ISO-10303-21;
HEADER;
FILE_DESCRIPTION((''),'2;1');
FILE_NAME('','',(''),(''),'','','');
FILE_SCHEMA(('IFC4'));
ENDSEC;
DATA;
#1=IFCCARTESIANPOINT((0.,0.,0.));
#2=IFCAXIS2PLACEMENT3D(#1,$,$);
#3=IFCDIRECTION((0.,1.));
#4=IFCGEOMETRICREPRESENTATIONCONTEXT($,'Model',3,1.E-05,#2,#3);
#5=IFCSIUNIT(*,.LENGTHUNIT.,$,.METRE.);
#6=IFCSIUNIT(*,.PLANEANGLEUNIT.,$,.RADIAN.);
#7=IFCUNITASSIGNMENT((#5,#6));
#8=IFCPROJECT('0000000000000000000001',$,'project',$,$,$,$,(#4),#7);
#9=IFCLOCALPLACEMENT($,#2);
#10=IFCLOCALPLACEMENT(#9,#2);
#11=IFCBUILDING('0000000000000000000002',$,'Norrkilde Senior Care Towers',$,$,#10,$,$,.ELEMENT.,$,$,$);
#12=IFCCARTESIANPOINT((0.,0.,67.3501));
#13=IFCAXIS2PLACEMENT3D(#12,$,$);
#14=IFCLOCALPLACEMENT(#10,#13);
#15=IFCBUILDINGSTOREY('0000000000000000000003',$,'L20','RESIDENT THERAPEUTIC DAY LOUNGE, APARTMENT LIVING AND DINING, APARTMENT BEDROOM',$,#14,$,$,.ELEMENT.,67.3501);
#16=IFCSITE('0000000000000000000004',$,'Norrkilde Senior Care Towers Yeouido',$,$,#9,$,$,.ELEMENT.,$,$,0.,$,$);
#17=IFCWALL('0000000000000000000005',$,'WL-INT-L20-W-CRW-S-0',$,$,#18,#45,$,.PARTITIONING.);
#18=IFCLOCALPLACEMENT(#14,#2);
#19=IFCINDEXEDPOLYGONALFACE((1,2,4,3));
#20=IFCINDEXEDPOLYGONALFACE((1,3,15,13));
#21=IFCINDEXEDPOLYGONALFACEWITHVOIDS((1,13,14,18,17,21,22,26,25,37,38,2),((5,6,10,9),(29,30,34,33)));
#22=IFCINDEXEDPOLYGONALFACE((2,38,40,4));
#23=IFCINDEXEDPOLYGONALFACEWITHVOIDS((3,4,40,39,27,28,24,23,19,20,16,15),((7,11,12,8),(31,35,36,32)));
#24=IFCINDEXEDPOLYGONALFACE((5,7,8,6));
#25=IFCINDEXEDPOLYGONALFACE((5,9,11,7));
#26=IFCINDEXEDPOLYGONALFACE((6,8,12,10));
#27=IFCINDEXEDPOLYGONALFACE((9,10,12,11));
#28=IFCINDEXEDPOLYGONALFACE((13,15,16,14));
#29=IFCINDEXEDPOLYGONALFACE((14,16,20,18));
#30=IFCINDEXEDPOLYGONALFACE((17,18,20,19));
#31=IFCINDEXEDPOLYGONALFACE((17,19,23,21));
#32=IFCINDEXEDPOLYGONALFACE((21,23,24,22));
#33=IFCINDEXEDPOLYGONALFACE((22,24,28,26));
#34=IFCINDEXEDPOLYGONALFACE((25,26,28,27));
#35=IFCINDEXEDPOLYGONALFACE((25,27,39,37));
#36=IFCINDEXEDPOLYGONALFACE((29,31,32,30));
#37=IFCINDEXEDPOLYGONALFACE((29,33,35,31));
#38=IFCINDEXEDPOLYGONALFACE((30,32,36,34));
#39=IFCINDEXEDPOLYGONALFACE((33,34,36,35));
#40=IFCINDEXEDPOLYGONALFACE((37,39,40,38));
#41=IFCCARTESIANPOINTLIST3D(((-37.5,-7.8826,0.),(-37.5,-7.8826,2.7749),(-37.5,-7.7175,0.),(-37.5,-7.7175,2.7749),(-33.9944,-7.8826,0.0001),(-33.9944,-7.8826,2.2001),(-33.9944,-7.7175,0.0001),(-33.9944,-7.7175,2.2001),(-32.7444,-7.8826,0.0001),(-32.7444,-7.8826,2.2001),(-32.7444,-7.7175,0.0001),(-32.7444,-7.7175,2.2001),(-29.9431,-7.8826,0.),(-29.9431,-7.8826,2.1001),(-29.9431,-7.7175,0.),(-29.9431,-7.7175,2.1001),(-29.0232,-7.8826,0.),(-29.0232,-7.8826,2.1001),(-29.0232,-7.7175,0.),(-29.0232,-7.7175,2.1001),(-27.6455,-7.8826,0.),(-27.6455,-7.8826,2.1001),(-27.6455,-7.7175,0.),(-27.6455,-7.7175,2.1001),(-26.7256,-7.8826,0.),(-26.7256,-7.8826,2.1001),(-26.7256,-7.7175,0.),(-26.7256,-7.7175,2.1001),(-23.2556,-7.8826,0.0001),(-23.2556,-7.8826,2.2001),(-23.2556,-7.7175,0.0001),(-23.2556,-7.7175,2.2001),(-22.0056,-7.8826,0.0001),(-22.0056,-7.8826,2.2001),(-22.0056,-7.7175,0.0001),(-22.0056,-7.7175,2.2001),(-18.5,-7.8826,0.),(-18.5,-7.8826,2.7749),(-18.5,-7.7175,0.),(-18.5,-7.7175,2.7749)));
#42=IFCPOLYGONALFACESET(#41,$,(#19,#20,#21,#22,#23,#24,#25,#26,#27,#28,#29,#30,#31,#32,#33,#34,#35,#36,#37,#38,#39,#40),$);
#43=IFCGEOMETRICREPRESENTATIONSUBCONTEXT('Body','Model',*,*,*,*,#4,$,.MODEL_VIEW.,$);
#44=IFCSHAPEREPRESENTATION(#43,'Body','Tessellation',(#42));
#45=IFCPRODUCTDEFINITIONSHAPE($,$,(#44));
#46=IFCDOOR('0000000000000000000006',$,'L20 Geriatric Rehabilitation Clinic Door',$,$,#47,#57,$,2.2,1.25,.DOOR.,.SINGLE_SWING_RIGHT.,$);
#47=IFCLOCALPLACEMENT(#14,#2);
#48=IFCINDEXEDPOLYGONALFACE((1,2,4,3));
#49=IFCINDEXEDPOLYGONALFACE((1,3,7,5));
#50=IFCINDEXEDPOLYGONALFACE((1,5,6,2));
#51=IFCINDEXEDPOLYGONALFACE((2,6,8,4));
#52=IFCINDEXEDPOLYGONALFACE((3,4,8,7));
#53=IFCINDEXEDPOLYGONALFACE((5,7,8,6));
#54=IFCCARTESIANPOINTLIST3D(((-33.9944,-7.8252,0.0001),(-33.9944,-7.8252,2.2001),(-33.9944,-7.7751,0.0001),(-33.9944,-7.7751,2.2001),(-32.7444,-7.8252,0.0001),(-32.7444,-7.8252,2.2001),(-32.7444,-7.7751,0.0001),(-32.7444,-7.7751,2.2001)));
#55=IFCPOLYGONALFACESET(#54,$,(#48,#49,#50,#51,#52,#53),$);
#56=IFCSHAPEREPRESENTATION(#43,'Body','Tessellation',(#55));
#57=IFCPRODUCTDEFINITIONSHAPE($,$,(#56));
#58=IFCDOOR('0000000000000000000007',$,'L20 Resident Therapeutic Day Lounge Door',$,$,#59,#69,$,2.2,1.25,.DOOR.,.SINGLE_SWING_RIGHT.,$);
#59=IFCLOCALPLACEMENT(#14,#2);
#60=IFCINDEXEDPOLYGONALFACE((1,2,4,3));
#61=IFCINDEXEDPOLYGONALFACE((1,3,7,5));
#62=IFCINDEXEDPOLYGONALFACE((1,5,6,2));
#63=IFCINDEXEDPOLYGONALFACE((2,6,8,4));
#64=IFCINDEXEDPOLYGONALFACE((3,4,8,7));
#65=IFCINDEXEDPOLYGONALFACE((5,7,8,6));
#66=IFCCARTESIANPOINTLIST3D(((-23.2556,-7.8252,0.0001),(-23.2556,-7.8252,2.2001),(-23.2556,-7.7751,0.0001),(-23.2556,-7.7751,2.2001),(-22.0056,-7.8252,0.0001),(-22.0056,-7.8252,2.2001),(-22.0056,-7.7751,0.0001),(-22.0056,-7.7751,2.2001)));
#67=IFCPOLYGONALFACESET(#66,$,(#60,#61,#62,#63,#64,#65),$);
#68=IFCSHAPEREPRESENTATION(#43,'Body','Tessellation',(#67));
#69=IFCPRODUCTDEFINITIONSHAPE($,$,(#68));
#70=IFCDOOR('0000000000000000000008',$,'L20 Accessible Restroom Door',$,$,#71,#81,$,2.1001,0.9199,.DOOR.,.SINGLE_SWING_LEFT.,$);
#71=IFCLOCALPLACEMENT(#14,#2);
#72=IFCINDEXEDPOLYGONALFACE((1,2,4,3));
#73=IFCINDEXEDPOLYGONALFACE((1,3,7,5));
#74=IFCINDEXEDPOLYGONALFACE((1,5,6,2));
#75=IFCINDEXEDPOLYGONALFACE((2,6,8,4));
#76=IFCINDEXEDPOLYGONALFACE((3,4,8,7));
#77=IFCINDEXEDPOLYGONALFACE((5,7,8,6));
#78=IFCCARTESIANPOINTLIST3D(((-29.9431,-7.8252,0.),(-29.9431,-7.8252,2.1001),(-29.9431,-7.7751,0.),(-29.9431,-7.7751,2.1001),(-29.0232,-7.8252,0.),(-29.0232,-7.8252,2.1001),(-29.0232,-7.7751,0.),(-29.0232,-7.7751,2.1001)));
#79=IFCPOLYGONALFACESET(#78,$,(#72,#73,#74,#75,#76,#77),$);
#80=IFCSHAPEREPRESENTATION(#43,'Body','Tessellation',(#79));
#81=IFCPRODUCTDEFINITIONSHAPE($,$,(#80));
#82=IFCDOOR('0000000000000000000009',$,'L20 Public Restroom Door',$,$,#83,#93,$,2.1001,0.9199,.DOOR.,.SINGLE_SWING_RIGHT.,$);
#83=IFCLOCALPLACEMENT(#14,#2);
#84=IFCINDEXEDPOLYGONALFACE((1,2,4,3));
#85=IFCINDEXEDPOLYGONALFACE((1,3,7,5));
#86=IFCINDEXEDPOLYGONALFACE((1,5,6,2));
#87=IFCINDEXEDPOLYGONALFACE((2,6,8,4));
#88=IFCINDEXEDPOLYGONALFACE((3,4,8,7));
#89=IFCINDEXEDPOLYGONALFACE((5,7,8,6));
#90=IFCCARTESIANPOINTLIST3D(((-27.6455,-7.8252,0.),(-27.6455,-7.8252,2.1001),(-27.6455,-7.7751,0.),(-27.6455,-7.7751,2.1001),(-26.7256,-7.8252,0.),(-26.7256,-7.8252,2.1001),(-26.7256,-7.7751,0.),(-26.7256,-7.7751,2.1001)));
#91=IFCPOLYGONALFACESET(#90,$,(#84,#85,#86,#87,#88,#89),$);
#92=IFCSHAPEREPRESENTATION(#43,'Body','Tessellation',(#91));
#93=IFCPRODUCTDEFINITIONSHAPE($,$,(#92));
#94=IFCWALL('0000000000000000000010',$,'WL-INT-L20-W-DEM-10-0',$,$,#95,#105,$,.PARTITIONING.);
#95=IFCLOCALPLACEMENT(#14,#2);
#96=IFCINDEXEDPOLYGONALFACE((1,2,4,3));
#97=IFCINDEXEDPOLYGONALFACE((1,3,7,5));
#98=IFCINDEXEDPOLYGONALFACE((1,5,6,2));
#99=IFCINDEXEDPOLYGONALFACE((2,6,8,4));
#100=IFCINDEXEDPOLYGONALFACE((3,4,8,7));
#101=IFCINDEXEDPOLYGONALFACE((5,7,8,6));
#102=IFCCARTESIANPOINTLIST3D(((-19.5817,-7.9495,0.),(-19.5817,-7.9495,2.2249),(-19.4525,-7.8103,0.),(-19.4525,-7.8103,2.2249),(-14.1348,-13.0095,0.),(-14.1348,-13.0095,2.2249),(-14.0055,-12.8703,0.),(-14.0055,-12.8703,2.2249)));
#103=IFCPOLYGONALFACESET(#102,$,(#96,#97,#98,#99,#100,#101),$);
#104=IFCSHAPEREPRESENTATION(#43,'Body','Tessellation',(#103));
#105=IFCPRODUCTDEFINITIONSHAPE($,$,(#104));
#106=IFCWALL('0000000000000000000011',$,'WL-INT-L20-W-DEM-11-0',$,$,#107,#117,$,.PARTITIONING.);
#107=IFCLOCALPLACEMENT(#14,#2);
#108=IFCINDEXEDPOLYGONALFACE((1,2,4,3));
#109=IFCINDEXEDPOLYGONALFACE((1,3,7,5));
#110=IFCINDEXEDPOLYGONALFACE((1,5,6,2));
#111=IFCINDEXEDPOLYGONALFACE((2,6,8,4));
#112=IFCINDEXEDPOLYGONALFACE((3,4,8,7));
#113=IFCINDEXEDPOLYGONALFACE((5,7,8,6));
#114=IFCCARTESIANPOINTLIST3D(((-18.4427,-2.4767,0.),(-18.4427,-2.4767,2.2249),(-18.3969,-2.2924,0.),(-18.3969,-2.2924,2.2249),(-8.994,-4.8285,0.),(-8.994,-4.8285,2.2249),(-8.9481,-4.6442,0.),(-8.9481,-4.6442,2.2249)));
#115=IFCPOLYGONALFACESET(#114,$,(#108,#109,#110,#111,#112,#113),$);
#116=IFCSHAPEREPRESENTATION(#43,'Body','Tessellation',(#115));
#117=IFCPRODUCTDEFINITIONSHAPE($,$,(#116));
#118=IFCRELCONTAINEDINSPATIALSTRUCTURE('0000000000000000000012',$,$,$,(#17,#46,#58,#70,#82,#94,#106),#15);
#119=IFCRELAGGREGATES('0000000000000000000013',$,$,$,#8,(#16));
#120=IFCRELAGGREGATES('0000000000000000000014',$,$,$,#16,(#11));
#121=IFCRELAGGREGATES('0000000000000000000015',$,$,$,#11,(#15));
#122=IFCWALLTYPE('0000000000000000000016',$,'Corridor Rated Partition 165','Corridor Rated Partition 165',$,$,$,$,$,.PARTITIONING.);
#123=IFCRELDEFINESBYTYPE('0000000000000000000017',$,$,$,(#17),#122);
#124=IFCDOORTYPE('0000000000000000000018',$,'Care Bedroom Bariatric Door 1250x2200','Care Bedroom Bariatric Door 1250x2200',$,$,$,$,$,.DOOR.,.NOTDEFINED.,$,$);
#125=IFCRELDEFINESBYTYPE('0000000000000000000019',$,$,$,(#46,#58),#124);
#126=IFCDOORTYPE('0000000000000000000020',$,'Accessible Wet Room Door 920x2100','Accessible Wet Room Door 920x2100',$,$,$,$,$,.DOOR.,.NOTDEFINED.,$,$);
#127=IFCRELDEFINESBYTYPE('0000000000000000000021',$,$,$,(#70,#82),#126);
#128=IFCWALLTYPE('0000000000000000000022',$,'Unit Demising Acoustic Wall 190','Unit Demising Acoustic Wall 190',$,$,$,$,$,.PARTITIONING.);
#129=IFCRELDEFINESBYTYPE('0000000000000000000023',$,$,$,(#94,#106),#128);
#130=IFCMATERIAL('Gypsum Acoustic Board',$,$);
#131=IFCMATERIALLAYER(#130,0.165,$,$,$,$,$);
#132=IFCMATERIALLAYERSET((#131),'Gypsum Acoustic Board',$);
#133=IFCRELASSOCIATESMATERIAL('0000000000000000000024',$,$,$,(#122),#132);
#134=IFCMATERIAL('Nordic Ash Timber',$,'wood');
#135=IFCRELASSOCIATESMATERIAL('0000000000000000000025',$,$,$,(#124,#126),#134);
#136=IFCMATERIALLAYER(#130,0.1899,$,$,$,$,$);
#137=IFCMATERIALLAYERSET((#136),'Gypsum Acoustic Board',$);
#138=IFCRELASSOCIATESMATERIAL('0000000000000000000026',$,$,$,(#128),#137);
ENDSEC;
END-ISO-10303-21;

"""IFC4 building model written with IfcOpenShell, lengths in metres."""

from ifc_helpers import new_model, si_unit, direction, frame, frame_2d, origin, place, context, subcontext, project, spatial, rectangle, extrude, source, transform, mapped, material, layer, layer_set, type_object, type_shapes, element, fill, save


model = new_model("IFC4")

# Units and contexts
model_context = context("Model", 3, precision=1e-05, world=origin(), true_north=direction((0.0, 1.0)))
body_context = subcontext(model_context, "Body", "Model", "MODEL_VIEW")
ifc_project = project(units=[si_unit("LENGTHUNIT", "METRE"), si_unit("PLANEANGLEUNIT", "RADIAN")], contexts=[model_context])

# Site, building, storey
site_placement = place(None, origin())
site = spatial("IfcSite", under=ifc_project, at=site_placement, Name="Norrkilde Senior Care Towers Yeouido", CompositionType="ELEMENT", RefElevation=0.0)
building_placement = place(site_placement, origin())
building = spatial("IfcBuilding", under=site, at=building_placement, Name="Norrkilde Senior Care Towers", CompositionType="ELEMENT")
storey_placement = place(building_placement, frame((0.0, 0.0, 67.3501)))
storey = spatial("IfcBuildingStorey", under=building, at=storey_placement, Name="L20", Description="RESIDENT THERAPEUTIC DAY LOUNGE, APARTMENT LIVING AND DINING, APARTMENT BEDROOM", CompositionType="ELEMENT", Elevation=67.3501)

# Wall, openings, doors
ifc_material_1 = material(Name="Gypsum Acoustic Board")
ifc_layer_1 = layer(ifc_material_1, 0.165)
ifc_layer_set_1 = layer_set([ifc_layer_1], Name="Gypsum Acoustic Board")
wall_type_1 = type_object("IfcWallType", Name="Corridor Rated Partition 165", Description="Corridor Rated Partition 165", PredefinedType="PARTITIONING", material=ifc_layer_set_1)
shared_shape_1 = source(origin(), body_context, "Body", "SweptSolid", [
    extrude(rectangle(XDim=19.0, YDim=0.165, at=frame_2d((9.5, 0.0))), origin(), (0.0, 0.0, 1.0), 2.7749),
])
type_shapes(wall_type_1, [shared_shape_1])
wall_1_placement = place(storey_placement, frame((-18.5, -7.8, 0.0), z_axis=(0.0, 0.0, 1.0), x_axis=(-1.0, 0.0, 0.0)))
wall_1 = element("IfcWall", 1, at=wall_1_placement, inside=storey, type_object=wall_type_1, Name="WL-INT-L20-W-CRW-S-0", PredefinedType="PARTITIONING", context=body_context, shape_type="MappedRepresentation", body=[
    mapped(shared_shape_1, transform((0.0, 0.0, 0.0), x_axis=(1.0, 0.0, 0.0), y_axis=(0.0, 1.0, 0.0), z_axis=(0.0, 0.0, 1.0), scale=1.0)),
])
opening_1_placement = place(wall_1_placement, frame((14.2444, 0.0, 0.0)))
opening_1 = element("IfcOpeningElement", 2, at=opening_1_placement, cuts=wall_1, PredefinedType="OPENING", context=body_context, shape_type="SweptSolid", body=[
    extrude(rectangle(XDim=1.25, YDim=2.2, at=frame_2d((0.625, 1.1001))), frame((0.0, 0.0925, 0.0), z_axis=(0.0, -1.0, 0.0), x_axis=(1.0, 0.0, 0.0)), (0.0, 0.0, 1.0), 0.1851),
])
opening_2_placement = place(wall_1_placement, frame((10.5232, 0.0, 0.0)))
opening_2 = element("IfcOpeningElement", 3, at=opening_2_placement, cuts=wall_1, PredefinedType="OPENING", context=body_context, shape_type="SweptSolid", body=[
    extrude(rectangle(XDim=0.9199, YDim=2.1001, at=frame_2d((0.46, 1.05))), frame((0.0, 0.0925, 0.0), z_axis=(0.0, -1.0, 0.0), x_axis=(1.0, 0.0, 0.0)), (0.0, 0.0, 1.0), 0.1851),
])
opening_3_placement = place(wall_1_placement, frame((8.2256, 0.0, 0.0)))
opening_3 = element("IfcOpeningElement", 4, at=opening_3_placement, cuts=wall_1, PredefinedType="OPENING", context=body_context, shape_type="SweptSolid", body=[
    extrude(rectangle(XDim=0.9199, YDim=2.1001, at=frame_2d((0.46, 1.05))), frame((0.0, 0.0925, 0.0), z_axis=(0.0, -1.0, 0.0), x_axis=(1.0, 0.0, 0.0)), (0.0, 0.0, 1.0), 0.1851),
])
opening_4_placement = place(wall_1_placement, frame((3.5056, 0.0, 0.0)))
opening_4 = element("IfcOpeningElement", 5, at=opening_4_placement, cuts=wall_1, PredefinedType="OPENING", context=body_context, shape_type="SweptSolid", body=[
    extrude(rectangle(XDim=1.25, YDim=2.2, at=frame_2d((0.625, 1.1001))), frame((0.0, 0.0925, 0.0), z_axis=(0.0, -1.0, 0.0), x_axis=(1.0, 0.0, 0.0)), (0.0, 0.0, 1.0), 0.1851),
])
ifc_material_2 = material(Name="Nordic Ash Timber", Category="wood")
door_type_1 = type_object("IfcDoorType", Name="Care Bedroom Bariatric Door 1250x2200", Description="Care Bedroom Bariatric Door 1250x2200", OperationType="NOTDEFINED", PredefinedType="DOOR", material=ifc_material_2)
shared_shape_2 = source(origin(), body_context, "Body", "SweptSolid", [
    extrude(rectangle(XDim=1.25, YDim=2.2, at=frame_2d((0.625, 1.1001))), frame((0.0, 0.0249, 0.0), z_axis=(0.0, -1.0, 0.0), x_axis=(1.0, 0.0, 0.0)), (0.0, 0.0, 1.0), 0.05),
])
type_shapes(door_type_1, [shared_shape_2])
door_1_placement = place(opening_1_placement, frame((1.25, 0.0, 0.0), z_axis=(0.0, 0.0, 1.0), x_axis=(-1.0, 0.0, 0.0)))
door_1 = element("IfcDoor", 6, at=door_1_placement, inside=storey, type_object=door_type_1, Name="L20 Geriatric Rehabilitation Clinic Door", OperationType="SINGLE_SWING_RIGHT", OverallHeight=2.2, OverallWidth=1.25, PredefinedType="DOOR", context=body_context, shape_type="MappedRepresentation", body=[
    mapped(shared_shape_2, transform((0.0, 0.0, 0.0), x_axis=(1.0, 0.0, 0.0), y_axis=(0.0, 1.0, 0.0), z_axis=(0.0, 0.0, 1.0), scale=1.0)),
])
fill(opening_1, door_1)
door_2_placement = place(opening_4_placement, frame((1.25, 0.0, 0.0), z_axis=(0.0, 0.0, 1.0), x_axis=(-1.0, 0.0, 0.0)))
door_2 = element("IfcDoor", 7, at=door_2_placement, inside=storey, type_object=door_type_1, Name="L20 Resident Therapeutic Day Lounge Door", OperationType="SINGLE_SWING_RIGHT", OverallHeight=2.2, OverallWidth=1.25, PredefinedType="DOOR", context=body_context, shape_type="MappedRepresentation", body=[
    mapped(shared_shape_2, transform((0.0, 0.0, 0.0), x_axis=(1.0, 0.0, 0.0), y_axis=(0.0, 1.0, 0.0), z_axis=(0.0, 0.0, 1.0), scale=1.0)),
])
fill(opening_4, door_2)
door_type_2 = type_object("IfcDoorType", Name="Accessible Wet Room Door 920x2100", Description="Accessible Wet Room Door 920x2100", OperationType="NOTDEFINED", PredefinedType="DOOR", material=ifc_material_2)
shared_shape_3 = source(origin(), body_context, "Body", "SweptSolid", [
    extrude(rectangle(XDim=0.9199, YDim=2.1001, at=frame_2d((0.46, 1.05))), frame((0.0, 0.0249, 0.0), z_axis=(0.0, -1.0, 0.0), x_axis=(1.0, 0.0, 0.0)), (0.0, 0.0, 1.0), 0.05),
])
type_shapes(door_type_2, [shared_shape_3])
door_3_placement = place(opening_2_placement, frame((0.9199, 0.0, 0.0), z_axis=(0.0, 0.0, 1.0), x_axis=(-1.0, 0.0, 0.0)))
door_3 = element("IfcDoor", 8, at=door_3_placement, inside=storey, type_object=door_type_2, Name="L20 Accessible Restroom Door", OperationType="SINGLE_SWING_LEFT", OverallHeight=2.1001, OverallWidth=0.9199, PredefinedType="DOOR", context=body_context, shape_type="MappedRepresentation", body=[
    mapped(shared_shape_3, transform((0.0, 0.0, 0.0), x_axis=(1.0, 0.0, 0.0), y_axis=(0.0, 1.0, 0.0), z_axis=(0.0, 0.0, 1.0), scale=1.0)),
])
fill(opening_2, door_3)
door_4_placement = place(opening_3_placement, frame((0.9199, 0.0, 0.0), z_axis=(0.0, 0.0, 1.0), x_axis=(-1.0, 0.0, 0.0)))
door_4 = element("IfcDoor", 9, at=door_4_placement, inside=storey, type_object=door_type_2, Name="L20 Public Restroom Door", OperationType="SINGLE_SWING_RIGHT", OverallHeight=2.1001, OverallWidth=0.9199, PredefinedType="DOOR", context=body_context, shape_type="MappedRepresentation", body=[
    mapped(shared_shape_3, transform((0.0, 0.0, 0.0), x_axis=(1.0, 0.0, 0.0), y_axis=(0.0, 1.0, 0.0), z_axis=(0.0, 0.0, 1.0), scale=1.0)),
])
fill(opening_3, door_4)

# Walls
ifc_layer_2 = layer(ifc_material_1, 0.1899)
ifc_layer_set_2 = layer_set([ifc_layer_2], Name="Gypsum Acoustic Board")
wall_type_2 = type_object("IfcWallType", Name="Unit Demising Acoustic Wall 190", Description="Unit Demising Acoustic Wall 190", PredefinedType="PARTITIONING", material=ifc_layer_set_2)
shared_shape_4 = source(origin(), body_context, "Body", "SweptSolid", [
    extrude(rectangle(XDim=7.4346, YDim=0.1899, at=frame_2d((3.7173, 0.0))), origin(), (0.0, 0.0, 1.0), 2.2249),
])
wall_2_placement = place(storey_placement, frame((-19.5171, -7.8799, 0.0), z_axis=(0.0, 0.0, 1.0), x_axis=(0.732652, -0.680603, 0.0)))
element("IfcWall", 10, at=wall_2_placement, inside=storey, type_object=wall_type_2, Name="WL-INT-L20-W-DEM-10-0", PredefinedType="PARTITIONING", context=body_context, shape_type="MappedRepresentation", body=[
    mapped(shared_shape_4, transform((0.0, 0.0, 0.0), x_axis=(1.0, 0.0, 0.0), y_axis=(0.0, 1.0, 0.0), z_axis=(0.0, 0.0, 1.0), scale=1.0)),
])
shared_shape_5 = source(origin(), body_context, "Body", "SweptSolid", [
    extrude(rectangle(XDim=9.7371, YDim=0.1899, at=frame_2d((4.8687, 0.0))), origin(), (0.0, 0.0, 1.0), 2.2249),
])
type_shapes(wall_type_2, [shared_shape_4, shared_shape_5])
wall_3_placement = place(storey_placement, frame((-18.4199, -2.3845, 0.0), z_axis=(0.0, 0.0, 1.0), x_axis=(0.970393, -0.241533, 0.0)))
element("IfcWall", 11, at=wall_3_placement, inside=storey, type_object=wall_type_2, Name="WL-INT-L20-W-DEM-11-0", PredefinedType="PARTITIONING", context=body_context, shape_type="MappedRepresentation", body=[
    mapped(shared_shape_5, transform((0.0, 0.0, 0.0), x_axis=(1.0, 0.0, 0.0), y_axis=(0.0, 1.0, 0.0), z_axis=(0.0, 0.0, 1.0), scale=1.0)),
])

save(model, "model.ifc")
